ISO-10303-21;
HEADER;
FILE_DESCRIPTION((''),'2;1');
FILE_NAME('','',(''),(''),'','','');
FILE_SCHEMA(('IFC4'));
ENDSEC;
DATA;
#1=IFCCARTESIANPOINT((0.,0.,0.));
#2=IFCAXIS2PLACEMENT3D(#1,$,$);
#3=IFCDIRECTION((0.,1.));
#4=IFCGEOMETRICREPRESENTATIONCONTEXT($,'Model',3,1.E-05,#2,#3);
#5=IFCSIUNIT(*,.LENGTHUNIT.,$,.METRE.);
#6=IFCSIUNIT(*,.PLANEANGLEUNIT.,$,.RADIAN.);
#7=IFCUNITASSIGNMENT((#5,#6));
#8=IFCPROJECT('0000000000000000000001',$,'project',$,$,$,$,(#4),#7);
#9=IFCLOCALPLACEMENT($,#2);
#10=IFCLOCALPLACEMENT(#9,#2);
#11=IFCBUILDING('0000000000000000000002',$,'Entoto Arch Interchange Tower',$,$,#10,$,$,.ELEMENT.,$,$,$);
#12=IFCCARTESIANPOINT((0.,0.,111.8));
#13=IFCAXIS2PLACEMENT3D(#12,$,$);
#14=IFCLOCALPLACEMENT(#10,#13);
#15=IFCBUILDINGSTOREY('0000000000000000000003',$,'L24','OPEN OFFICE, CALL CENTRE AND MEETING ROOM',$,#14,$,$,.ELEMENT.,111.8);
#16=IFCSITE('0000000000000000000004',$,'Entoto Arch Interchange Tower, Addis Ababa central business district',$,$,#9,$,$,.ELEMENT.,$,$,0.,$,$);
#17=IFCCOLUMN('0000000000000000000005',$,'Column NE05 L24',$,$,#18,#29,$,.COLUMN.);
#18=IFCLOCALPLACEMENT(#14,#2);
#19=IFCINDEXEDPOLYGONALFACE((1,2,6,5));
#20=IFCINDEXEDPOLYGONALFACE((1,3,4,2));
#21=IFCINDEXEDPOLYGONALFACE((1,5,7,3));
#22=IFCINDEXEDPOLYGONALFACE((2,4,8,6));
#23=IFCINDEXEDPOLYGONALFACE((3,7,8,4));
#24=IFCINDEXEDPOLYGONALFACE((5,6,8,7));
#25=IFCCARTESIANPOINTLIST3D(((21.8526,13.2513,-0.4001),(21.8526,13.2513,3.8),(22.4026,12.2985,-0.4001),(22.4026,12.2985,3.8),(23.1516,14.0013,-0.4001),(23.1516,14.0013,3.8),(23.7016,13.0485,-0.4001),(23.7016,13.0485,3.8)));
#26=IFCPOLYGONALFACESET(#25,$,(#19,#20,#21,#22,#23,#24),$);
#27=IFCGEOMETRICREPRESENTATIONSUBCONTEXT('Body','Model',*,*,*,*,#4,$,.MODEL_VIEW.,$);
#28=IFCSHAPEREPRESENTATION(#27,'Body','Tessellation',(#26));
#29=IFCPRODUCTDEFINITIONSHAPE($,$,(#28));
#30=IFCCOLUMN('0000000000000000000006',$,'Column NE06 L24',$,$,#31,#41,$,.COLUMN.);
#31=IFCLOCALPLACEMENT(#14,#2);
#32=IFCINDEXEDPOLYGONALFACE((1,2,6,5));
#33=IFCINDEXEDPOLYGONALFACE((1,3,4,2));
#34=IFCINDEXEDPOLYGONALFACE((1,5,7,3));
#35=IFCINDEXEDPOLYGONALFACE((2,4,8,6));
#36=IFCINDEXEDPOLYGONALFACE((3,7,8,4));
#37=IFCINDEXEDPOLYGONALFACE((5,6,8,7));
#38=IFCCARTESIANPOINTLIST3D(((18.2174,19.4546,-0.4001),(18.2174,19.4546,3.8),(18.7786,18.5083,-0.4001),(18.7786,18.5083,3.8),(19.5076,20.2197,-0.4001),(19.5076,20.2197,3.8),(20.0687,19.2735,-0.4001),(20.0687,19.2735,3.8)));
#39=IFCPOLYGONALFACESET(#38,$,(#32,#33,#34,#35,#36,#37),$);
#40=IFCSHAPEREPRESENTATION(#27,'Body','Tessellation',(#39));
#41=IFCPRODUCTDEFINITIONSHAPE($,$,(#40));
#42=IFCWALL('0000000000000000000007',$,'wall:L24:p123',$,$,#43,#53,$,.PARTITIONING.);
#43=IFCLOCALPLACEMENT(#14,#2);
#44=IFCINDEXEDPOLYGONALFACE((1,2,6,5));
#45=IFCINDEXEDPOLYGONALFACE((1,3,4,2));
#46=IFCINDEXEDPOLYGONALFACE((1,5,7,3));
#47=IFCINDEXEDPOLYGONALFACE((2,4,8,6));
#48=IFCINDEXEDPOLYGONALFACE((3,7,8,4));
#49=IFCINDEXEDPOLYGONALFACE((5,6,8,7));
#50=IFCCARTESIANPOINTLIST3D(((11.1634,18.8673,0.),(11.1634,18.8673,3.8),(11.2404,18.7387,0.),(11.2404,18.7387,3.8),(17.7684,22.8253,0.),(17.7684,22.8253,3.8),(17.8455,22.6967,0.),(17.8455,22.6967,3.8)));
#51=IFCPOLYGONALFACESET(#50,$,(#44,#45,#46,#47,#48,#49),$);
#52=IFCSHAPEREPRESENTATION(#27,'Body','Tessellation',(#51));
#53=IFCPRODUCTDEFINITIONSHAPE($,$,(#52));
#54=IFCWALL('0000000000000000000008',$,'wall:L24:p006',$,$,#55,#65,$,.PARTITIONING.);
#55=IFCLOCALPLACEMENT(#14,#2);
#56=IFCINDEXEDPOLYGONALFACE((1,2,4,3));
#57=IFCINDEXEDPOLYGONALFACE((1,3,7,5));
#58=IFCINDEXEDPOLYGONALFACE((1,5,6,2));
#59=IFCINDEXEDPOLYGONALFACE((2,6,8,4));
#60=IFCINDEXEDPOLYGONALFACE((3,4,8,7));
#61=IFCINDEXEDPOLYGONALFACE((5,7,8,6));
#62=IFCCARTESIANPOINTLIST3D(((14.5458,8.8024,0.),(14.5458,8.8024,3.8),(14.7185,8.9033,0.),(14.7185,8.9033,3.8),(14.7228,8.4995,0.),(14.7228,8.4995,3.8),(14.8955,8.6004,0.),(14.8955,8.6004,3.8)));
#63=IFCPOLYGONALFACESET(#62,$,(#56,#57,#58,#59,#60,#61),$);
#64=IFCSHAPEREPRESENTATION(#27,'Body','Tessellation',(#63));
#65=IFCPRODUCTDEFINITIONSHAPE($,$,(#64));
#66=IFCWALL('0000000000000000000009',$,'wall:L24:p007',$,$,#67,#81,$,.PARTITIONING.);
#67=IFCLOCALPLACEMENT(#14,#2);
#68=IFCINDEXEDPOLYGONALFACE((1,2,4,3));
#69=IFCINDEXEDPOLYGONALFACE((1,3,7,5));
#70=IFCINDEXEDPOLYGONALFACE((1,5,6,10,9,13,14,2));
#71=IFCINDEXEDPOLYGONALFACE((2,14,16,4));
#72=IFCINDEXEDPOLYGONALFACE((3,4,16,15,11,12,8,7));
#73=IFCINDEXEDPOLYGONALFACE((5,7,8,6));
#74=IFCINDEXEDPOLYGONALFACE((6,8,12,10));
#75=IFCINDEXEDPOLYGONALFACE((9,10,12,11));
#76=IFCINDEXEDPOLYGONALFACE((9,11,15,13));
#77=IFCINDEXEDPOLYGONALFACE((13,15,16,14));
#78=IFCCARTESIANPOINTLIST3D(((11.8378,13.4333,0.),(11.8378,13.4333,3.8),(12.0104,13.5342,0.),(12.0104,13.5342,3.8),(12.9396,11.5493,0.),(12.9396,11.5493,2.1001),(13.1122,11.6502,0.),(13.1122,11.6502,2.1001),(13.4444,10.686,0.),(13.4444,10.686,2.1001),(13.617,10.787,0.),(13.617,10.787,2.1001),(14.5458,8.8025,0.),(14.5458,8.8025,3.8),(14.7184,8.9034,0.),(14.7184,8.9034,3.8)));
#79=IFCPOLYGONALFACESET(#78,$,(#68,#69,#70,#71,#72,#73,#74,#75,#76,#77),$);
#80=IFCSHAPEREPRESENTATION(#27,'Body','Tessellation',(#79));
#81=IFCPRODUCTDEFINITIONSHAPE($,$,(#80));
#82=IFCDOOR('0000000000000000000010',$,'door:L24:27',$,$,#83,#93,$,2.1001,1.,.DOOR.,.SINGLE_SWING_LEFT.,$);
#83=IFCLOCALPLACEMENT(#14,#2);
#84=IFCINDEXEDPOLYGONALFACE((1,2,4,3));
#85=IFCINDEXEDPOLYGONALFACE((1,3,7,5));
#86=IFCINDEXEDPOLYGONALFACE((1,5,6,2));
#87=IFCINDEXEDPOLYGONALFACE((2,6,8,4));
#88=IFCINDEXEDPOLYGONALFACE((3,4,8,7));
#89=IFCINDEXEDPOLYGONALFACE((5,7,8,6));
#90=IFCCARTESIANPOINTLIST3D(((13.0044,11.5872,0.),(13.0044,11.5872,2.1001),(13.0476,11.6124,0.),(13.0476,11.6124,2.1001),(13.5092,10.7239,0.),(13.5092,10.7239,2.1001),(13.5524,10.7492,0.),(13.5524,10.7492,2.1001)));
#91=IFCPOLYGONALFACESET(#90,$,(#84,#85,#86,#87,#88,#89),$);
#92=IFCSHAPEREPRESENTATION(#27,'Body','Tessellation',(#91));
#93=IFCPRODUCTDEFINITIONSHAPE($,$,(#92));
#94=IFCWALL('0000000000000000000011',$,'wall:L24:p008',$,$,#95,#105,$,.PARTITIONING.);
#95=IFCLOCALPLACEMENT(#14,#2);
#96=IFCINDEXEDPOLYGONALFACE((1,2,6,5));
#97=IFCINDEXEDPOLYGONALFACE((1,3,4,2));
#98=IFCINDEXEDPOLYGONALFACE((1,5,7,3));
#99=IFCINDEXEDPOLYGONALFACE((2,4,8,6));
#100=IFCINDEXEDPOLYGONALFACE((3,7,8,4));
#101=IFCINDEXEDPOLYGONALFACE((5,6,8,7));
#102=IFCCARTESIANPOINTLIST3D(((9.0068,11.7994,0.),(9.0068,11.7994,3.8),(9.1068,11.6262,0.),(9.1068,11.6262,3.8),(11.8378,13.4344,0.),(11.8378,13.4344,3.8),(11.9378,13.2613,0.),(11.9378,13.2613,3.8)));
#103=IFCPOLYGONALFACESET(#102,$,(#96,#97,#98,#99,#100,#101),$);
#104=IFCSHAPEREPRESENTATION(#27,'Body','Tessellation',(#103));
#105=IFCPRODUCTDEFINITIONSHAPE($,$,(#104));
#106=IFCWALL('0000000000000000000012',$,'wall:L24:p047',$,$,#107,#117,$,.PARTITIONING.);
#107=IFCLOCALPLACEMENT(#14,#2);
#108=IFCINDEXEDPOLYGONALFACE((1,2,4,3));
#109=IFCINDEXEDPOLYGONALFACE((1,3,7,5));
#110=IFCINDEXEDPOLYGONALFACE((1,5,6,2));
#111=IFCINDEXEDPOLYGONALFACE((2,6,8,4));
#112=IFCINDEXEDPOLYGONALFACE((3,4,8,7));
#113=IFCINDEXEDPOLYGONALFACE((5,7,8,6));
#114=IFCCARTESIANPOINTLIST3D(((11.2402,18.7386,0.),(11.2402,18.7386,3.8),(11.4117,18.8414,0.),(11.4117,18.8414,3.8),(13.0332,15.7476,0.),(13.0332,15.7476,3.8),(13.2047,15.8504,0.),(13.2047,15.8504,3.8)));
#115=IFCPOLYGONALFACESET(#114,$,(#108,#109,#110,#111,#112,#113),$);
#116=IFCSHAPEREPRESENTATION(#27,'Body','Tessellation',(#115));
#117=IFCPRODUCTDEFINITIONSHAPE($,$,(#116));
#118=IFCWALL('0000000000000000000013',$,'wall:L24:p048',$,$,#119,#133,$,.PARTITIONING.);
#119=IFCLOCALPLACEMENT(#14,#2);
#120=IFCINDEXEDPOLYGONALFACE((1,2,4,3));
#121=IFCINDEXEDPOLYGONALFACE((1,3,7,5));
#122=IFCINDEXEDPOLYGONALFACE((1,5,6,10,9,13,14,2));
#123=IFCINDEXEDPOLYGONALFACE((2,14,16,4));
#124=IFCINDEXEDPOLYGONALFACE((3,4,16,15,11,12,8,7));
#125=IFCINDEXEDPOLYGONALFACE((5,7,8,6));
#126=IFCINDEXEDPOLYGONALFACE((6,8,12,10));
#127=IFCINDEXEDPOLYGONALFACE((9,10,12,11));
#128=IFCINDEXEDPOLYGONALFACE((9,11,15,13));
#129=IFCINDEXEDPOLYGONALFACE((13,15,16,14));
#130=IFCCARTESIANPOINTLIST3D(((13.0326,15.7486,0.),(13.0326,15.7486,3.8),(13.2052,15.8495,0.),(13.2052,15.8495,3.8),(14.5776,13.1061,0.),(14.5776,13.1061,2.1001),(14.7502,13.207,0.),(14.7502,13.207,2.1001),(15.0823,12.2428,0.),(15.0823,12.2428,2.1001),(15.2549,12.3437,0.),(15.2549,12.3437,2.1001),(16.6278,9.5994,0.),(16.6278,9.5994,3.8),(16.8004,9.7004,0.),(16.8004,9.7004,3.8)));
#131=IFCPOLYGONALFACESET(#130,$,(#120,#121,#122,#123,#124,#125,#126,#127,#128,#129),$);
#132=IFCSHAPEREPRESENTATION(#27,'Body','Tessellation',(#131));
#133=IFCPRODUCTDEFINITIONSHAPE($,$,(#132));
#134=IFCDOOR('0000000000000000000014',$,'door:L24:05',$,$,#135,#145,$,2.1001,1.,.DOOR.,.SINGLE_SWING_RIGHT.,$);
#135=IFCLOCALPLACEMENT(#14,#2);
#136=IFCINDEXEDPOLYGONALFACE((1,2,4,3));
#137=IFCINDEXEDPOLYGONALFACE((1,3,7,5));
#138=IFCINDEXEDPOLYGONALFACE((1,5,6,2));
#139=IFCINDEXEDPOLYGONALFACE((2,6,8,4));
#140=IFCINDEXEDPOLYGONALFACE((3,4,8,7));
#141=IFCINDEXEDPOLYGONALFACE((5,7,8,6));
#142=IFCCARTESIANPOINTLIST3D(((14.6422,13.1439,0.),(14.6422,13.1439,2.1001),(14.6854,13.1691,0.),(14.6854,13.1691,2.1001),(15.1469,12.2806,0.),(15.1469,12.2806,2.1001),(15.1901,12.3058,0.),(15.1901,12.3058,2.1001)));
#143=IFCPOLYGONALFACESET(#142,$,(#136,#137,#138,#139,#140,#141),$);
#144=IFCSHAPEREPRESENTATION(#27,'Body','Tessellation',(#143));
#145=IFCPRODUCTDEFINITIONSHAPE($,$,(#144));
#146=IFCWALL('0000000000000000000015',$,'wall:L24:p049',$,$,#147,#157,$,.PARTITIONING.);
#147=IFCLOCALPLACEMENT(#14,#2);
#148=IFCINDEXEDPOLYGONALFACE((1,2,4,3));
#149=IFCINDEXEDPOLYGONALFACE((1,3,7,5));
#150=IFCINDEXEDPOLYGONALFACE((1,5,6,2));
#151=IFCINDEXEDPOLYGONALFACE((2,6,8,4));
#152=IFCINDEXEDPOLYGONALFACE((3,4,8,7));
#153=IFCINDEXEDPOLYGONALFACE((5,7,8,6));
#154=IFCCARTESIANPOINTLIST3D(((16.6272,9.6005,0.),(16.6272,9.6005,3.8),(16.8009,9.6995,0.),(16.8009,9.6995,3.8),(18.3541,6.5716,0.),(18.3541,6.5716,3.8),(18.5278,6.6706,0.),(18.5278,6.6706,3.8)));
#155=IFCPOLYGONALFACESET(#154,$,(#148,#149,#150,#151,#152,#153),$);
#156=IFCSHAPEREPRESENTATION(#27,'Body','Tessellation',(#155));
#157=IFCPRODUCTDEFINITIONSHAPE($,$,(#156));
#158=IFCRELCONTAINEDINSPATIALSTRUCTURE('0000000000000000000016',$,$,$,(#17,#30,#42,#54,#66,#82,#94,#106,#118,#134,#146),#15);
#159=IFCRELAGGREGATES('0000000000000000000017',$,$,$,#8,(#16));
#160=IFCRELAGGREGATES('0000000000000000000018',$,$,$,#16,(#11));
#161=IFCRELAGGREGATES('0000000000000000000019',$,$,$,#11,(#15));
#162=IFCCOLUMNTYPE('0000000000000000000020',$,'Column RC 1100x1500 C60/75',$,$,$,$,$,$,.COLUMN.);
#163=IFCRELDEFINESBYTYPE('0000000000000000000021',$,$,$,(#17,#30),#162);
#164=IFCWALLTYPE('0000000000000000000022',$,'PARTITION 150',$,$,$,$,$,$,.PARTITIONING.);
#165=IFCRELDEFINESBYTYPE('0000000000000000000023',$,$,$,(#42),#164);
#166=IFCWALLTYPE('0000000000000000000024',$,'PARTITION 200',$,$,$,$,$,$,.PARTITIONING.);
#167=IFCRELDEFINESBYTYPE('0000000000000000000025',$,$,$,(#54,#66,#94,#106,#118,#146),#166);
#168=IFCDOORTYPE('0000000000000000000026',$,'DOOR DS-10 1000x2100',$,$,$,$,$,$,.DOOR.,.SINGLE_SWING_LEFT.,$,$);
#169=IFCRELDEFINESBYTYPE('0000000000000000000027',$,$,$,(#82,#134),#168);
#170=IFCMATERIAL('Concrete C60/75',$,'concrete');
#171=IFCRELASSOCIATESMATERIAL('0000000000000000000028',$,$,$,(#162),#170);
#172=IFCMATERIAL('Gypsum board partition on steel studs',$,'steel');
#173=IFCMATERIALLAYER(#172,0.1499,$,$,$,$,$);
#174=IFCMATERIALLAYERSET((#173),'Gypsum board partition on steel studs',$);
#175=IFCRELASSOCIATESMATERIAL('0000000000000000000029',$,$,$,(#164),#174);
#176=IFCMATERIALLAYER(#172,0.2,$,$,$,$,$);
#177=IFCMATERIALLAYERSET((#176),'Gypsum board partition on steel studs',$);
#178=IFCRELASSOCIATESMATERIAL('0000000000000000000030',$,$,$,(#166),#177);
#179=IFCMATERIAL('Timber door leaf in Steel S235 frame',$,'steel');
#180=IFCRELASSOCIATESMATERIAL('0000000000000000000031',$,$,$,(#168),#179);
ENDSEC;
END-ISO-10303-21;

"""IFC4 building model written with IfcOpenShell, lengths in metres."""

from ifc_helpers import new_model, si_unit, direction, frame, frame_2d, origin, origin_2d, place, context, subcontext, project, spatial, rectangle, extrude, material, layer, layer_set, material_profile, profile_set, type_object, element, fill, save


model = new_model("IFC4")

# Units and contexts
model_context = context("Model", 3, precision=1e-05, world=origin(), true_north=direction((0.0, 1.0)))
body_context = subcontext(model_context, "Body", "Model", "MODEL_VIEW")
ifc_project = project(units=[si_unit("LENGTHUNIT", "METRE"), si_unit("PLANEANGLEUNIT", "RADIAN")], contexts=[model_context])

# Site, building, storey
site_placement = place(None, origin())
site = spatial("IfcSite", under=ifc_project, at=site_placement, Name="Entoto Arch Interchange Tower, Addis Ababa central business district", CompositionType="ELEMENT", RefElevation=0.0)
building_placement = place(site_placement, origin())
building = spatial("IfcBuilding", under=site, at=building_placement, Name="Entoto Arch Interchange Tower", CompositionType="ELEMENT")
storey_placement = place(building_placement, frame((0.0, 0.0, 111.8)))
storey = spatial("IfcBuildingStorey", under=building, at=storey_placement, Name="L24", Description="OPEN OFFICE, CALL CENTRE AND MEETING ROOM", CompositionType="ELEMENT", Elevation=111.8)

# Columns
ifc_material_1 = material(Name="Concrete C60/75", Category="concrete")
ifc_material_profile = material_profile(ifc_material_1, rectangle(XDim=1.1001, YDim=1.5, at=origin_2d()))
ifc_profile_set = profile_set([ifc_material_profile], Name="Concrete C60/75")
column_type = type_object("IfcColumnType", Name="Column RC 1100x1500 C60/75", PredefinedType="COLUMN", material=ifc_profile_set)
for number, where, z_axis, x_axis, name in (
    (1, (22.7771, 13.1499, -0.4001), (0.0, 0.0, 1.0), (-0.5, 0.866025, 0.0), "Column NE05 L24"),
    (2, (19.1431, 19.364, -0.4001), (0.0, 0.0, 1.0), (-0.510093, 0.860119, 0.0), "Column NE06 L24"),
):
    element("IfcColumn", number, at=place(storey_placement, frame(where, z_axis=z_axis, x_axis=x_axis)), inside=storey, type_object=column_type, Name=name, PredefinedType="COLUMN", context=body_context, shape_type="SweptSolid", body=[
        extrude(rectangle(XDim=1.1001, YDim=1.5, at=origin_2d()), origin(), (0.0, 0.0, 1.0), 4.2002),
    ])

# Walls
ifc_material_2 = material(Name="Gypsum board partition on steel studs", Category="steel")
ifc_layer_1 = layer(ifc_material_2, 0.1499)
ifc_layer_set_1 = layer_set([ifc_layer_1], Name="Gypsum board partition on steel studs")
wall_type_1 = type_object("IfcWallType", Name="PARTITION 150", PredefinedType="PARTITIONING", material=ifc_layer_set_1)
wall_1_placement = place(storey_placement, frame((11.2019, 18.803, 0.0), z_axis=(0.0, 0.0, 1.0), x_axis=(0.857778, 0.51402, 0.0)))
element("IfcWall", 3, at=wall_1_placement, inside=storey, type_object=wall_type_1, Name="wall:L24:p123", PredefinedType="PARTITIONING", context=body_context, shape_type="SweptSolid", body=[
    extrude(rectangle(XDim=7.7002, YDim=0.1499, at=frame_2d((3.8501, 0.0))), origin(), (0.0, 0.0, 1.0), 3.8),
])
ifc_layer_2 = layer(ifc_material_2, 0.2)
ifc_layer_set_2 = layer_set([ifc_layer_2], Name="Gypsum board partition on steel studs")
wall_type_2 = type_object("IfcWallType", Name="PARTITION 200", PredefinedType="PARTITIONING", material=ifc_layer_set_2)
wall_2_placement = place(storey_placement, frame((14.8091, 8.55, 0.0), z_axis=(0.0, 0.0, 1.0), x_axis=(-0.504433, 0.863451, 0.0)))
element("IfcWall", 4, at=wall_2_placement, inside=storey, type_object=wall_type_2, Name="wall:L24:p006", PredefinedType="PARTITIONING", context=body_context, shape_type="SweptSolid", body=[
    extrude(rectangle(XDim=0.3508, YDim=0.2, at=frame_2d((0.1753, 0.0))), origin(), (0.0, 0.0, 1.0), 3.8),
])

# Wall, opening, door
wall_3_placement = place(storey_placement, frame((14.6321, 8.853, 0.0), z_axis=(0.0, 0.0, 1.0), x_axis=(-0.504799, 0.863237, 0.0)))
wall_3 = element("IfcWall", 5, at=wall_3_placement, inside=storey, type_object=wall_type_2, Name="wall:L24:p007", PredefinedType="PARTITIONING", context=body_context, shape_type="SweptSolid", body=[
    extrude(rectangle(XDim=5.3645, YDim=0.2, at=frame_2d((2.6821, 0.0))), origin(), (0.0, 0.0, 1.0), 3.8),
])
opening_1_placement = place(wall_3_placement, frame((2.1819, 0.0, 0.0)))
opening_1 = element("IfcOpeningElement", 6, at=opening_1_placement, cuts=wall_3, PredefinedType="OPENING", context=body_context, shape_type="SweptSolid", body=[
    extrude(rectangle(XDim=1.0, YDim=2.1001, at=frame_2d((0.5, 1.05))), frame((0.0, 0.1099, 0.0), z_axis=(0.0, -1.0, 0.0), x_axis=(1.0, 0.0, 0.0)), (0.0, 0.0, 1.0), 0.22),
])
ifc_material_3 = material(Name="Timber door leaf in Steel S235 frame", Category="steel")
door_type = type_object("IfcDoorType", Name="DOOR DS-10 1000x2100", OperationType="SINGLE_SWING_LEFT", PredefinedType="DOOR", material=ifc_material_3)
door_1_placement = place(opening_1_placement, origin())
door_1 = element("IfcDoor", 7, at=door_1_placement, inside=storey, type_object=door_type, Name="door:L24:27", OperationType="SINGLE_SWING_LEFT", OverallHeight=2.1001, OverallWidth=1.0, PredefinedType="DOOR", context=body_context, shape_type="SweptSolid", body=[
    extrude(rectangle(XDim=1.0, YDim=2.1001, at=frame_2d((0.5, 1.05))), frame((0.0, 0.0249, 0.0), z_axis=(0.0, -1.0, 0.0), x_axis=(1.0, 0.0, 0.0)), (0.0, 0.0, 1.0), 0.05),
])
fill(opening_1, door_1)

# Walls
wall_4_placement = place(storey_placement, frame((11.8879, 13.3479, 0.0), z_axis=(0.0, 0.0, 1.0), x_axis=(-0.865959, -0.500115, 0.0)))
element("IfcWall", 8, at=wall_4_placement, inside=storey, type_object=wall_type_2, Name="wall:L24:p008", PredefinedType="PARTITIONING", context=body_context, shape_type="SweptSolid", body=[
    extrude(rectangle(XDim=3.2693, YDim=0.2, at=frame_2d((1.6348, 0.0))), origin(), (0.0, 0.0, 1.0), 3.8),
])
wall_5_placement = place(storey_placement, frame((11.3259, 18.79, 0.0), z_axis=(0.0, 0.0, 1.0), x_axis=(0.514156, -0.857697, 0.0)))
element("IfcWall", 9, at=wall_5_placement, inside=storey, type_object=wall_type_2, Name="wall:L24:p047", PredefinedType="PARTITIONING", context=body_context, shape_type="SweptSolid", body=[
    extrude(rectangle(XDim=3.4873, YDim=0.2, at=frame_2d((1.7437, 0.0))), origin(), (0.0, 0.0, 1.0), 3.8),
])

# Wall, opening, door
wall_6_placement = place(storey_placement, frame((13.1189, 15.7991, 0.0), z_axis=(0.0, 0.0, 1.0), x_axis=(0.50473, -0.863277, 0.0)))
wall_6 = element("IfcWall", 10, at=wall_6_placement, inside=storey, type_object=wall_type_2, Name="wall:L24:p048", PredefinedType="PARTITIONING", context=body_context, shape_type="SweptSolid", body=[
    extrude(rectangle(XDim=7.123, YDim=0.2, at=frame_2d((3.5615, 0.0))), origin(), (0.0, 0.0, 1.0), 3.8),
])
opening_2_placement = place(wall_6_placement, frame((3.061, 0.0, 0.0)))
opening_2 = element("IfcOpeningElement", 11, at=opening_2_placement, cuts=wall_6, PredefinedType="OPENING", context=body_context, shape_type="SweptSolid", body=[
    extrude(rectangle(XDim=1.0, YDim=2.1001, at=frame_2d((0.5, 1.05))), frame((0.0, 0.1099, 0.0), z_axis=(0.0, -1.0, 0.0), x_axis=(1.0, 0.0, 0.0)), (0.0, 0.0, 1.0), 0.22),
])
door_2_placement = place(opening_2_placement, origin())
door_2 = element("IfcDoor", 12, at=door_2_placement, inside=storey, type_object=door_type, Name="door:L24:05", OperationType="SINGLE_SWING_RIGHT", OverallHeight=2.1001, OverallWidth=1.0, PredefinedType="DOOR", context=body_context, shape_type="SweptSolid", body=[
    extrude(rectangle(XDim=1.0, YDim=2.1001, at=frame_2d((0.5, 1.05))), frame((0.0, 0.0249, 0.0), z_axis=(0.0, -1.0, 0.0), x_axis=(1.0, 0.0, 0.0)), (0.0, 0.0, 1.0), 0.05),
])
fill(opening_2, door_2)

# Wall
wall_7_placement = place(storey_placement, frame((16.7141, 9.6499, 0.0), z_axis=(0.0, 0.0, 1.0), x_axis=(0.495287, -0.86873, 0.0)))
element("IfcWall", 13, at=wall_7_placement, inside=storey, type_object=wall_type_2, Name="wall:L24:p049", PredefinedType="PARTITIONING", context=body_context, shape_type="SweptSolid", body=[
    extrude(rectangle(XDim=3.4866, YDim=0.2, at=frame_2d((1.7432, 0.0))), origin(), (0.0, 0.0, 1.0), 3.8),
])

save(model, "model.ifc")
